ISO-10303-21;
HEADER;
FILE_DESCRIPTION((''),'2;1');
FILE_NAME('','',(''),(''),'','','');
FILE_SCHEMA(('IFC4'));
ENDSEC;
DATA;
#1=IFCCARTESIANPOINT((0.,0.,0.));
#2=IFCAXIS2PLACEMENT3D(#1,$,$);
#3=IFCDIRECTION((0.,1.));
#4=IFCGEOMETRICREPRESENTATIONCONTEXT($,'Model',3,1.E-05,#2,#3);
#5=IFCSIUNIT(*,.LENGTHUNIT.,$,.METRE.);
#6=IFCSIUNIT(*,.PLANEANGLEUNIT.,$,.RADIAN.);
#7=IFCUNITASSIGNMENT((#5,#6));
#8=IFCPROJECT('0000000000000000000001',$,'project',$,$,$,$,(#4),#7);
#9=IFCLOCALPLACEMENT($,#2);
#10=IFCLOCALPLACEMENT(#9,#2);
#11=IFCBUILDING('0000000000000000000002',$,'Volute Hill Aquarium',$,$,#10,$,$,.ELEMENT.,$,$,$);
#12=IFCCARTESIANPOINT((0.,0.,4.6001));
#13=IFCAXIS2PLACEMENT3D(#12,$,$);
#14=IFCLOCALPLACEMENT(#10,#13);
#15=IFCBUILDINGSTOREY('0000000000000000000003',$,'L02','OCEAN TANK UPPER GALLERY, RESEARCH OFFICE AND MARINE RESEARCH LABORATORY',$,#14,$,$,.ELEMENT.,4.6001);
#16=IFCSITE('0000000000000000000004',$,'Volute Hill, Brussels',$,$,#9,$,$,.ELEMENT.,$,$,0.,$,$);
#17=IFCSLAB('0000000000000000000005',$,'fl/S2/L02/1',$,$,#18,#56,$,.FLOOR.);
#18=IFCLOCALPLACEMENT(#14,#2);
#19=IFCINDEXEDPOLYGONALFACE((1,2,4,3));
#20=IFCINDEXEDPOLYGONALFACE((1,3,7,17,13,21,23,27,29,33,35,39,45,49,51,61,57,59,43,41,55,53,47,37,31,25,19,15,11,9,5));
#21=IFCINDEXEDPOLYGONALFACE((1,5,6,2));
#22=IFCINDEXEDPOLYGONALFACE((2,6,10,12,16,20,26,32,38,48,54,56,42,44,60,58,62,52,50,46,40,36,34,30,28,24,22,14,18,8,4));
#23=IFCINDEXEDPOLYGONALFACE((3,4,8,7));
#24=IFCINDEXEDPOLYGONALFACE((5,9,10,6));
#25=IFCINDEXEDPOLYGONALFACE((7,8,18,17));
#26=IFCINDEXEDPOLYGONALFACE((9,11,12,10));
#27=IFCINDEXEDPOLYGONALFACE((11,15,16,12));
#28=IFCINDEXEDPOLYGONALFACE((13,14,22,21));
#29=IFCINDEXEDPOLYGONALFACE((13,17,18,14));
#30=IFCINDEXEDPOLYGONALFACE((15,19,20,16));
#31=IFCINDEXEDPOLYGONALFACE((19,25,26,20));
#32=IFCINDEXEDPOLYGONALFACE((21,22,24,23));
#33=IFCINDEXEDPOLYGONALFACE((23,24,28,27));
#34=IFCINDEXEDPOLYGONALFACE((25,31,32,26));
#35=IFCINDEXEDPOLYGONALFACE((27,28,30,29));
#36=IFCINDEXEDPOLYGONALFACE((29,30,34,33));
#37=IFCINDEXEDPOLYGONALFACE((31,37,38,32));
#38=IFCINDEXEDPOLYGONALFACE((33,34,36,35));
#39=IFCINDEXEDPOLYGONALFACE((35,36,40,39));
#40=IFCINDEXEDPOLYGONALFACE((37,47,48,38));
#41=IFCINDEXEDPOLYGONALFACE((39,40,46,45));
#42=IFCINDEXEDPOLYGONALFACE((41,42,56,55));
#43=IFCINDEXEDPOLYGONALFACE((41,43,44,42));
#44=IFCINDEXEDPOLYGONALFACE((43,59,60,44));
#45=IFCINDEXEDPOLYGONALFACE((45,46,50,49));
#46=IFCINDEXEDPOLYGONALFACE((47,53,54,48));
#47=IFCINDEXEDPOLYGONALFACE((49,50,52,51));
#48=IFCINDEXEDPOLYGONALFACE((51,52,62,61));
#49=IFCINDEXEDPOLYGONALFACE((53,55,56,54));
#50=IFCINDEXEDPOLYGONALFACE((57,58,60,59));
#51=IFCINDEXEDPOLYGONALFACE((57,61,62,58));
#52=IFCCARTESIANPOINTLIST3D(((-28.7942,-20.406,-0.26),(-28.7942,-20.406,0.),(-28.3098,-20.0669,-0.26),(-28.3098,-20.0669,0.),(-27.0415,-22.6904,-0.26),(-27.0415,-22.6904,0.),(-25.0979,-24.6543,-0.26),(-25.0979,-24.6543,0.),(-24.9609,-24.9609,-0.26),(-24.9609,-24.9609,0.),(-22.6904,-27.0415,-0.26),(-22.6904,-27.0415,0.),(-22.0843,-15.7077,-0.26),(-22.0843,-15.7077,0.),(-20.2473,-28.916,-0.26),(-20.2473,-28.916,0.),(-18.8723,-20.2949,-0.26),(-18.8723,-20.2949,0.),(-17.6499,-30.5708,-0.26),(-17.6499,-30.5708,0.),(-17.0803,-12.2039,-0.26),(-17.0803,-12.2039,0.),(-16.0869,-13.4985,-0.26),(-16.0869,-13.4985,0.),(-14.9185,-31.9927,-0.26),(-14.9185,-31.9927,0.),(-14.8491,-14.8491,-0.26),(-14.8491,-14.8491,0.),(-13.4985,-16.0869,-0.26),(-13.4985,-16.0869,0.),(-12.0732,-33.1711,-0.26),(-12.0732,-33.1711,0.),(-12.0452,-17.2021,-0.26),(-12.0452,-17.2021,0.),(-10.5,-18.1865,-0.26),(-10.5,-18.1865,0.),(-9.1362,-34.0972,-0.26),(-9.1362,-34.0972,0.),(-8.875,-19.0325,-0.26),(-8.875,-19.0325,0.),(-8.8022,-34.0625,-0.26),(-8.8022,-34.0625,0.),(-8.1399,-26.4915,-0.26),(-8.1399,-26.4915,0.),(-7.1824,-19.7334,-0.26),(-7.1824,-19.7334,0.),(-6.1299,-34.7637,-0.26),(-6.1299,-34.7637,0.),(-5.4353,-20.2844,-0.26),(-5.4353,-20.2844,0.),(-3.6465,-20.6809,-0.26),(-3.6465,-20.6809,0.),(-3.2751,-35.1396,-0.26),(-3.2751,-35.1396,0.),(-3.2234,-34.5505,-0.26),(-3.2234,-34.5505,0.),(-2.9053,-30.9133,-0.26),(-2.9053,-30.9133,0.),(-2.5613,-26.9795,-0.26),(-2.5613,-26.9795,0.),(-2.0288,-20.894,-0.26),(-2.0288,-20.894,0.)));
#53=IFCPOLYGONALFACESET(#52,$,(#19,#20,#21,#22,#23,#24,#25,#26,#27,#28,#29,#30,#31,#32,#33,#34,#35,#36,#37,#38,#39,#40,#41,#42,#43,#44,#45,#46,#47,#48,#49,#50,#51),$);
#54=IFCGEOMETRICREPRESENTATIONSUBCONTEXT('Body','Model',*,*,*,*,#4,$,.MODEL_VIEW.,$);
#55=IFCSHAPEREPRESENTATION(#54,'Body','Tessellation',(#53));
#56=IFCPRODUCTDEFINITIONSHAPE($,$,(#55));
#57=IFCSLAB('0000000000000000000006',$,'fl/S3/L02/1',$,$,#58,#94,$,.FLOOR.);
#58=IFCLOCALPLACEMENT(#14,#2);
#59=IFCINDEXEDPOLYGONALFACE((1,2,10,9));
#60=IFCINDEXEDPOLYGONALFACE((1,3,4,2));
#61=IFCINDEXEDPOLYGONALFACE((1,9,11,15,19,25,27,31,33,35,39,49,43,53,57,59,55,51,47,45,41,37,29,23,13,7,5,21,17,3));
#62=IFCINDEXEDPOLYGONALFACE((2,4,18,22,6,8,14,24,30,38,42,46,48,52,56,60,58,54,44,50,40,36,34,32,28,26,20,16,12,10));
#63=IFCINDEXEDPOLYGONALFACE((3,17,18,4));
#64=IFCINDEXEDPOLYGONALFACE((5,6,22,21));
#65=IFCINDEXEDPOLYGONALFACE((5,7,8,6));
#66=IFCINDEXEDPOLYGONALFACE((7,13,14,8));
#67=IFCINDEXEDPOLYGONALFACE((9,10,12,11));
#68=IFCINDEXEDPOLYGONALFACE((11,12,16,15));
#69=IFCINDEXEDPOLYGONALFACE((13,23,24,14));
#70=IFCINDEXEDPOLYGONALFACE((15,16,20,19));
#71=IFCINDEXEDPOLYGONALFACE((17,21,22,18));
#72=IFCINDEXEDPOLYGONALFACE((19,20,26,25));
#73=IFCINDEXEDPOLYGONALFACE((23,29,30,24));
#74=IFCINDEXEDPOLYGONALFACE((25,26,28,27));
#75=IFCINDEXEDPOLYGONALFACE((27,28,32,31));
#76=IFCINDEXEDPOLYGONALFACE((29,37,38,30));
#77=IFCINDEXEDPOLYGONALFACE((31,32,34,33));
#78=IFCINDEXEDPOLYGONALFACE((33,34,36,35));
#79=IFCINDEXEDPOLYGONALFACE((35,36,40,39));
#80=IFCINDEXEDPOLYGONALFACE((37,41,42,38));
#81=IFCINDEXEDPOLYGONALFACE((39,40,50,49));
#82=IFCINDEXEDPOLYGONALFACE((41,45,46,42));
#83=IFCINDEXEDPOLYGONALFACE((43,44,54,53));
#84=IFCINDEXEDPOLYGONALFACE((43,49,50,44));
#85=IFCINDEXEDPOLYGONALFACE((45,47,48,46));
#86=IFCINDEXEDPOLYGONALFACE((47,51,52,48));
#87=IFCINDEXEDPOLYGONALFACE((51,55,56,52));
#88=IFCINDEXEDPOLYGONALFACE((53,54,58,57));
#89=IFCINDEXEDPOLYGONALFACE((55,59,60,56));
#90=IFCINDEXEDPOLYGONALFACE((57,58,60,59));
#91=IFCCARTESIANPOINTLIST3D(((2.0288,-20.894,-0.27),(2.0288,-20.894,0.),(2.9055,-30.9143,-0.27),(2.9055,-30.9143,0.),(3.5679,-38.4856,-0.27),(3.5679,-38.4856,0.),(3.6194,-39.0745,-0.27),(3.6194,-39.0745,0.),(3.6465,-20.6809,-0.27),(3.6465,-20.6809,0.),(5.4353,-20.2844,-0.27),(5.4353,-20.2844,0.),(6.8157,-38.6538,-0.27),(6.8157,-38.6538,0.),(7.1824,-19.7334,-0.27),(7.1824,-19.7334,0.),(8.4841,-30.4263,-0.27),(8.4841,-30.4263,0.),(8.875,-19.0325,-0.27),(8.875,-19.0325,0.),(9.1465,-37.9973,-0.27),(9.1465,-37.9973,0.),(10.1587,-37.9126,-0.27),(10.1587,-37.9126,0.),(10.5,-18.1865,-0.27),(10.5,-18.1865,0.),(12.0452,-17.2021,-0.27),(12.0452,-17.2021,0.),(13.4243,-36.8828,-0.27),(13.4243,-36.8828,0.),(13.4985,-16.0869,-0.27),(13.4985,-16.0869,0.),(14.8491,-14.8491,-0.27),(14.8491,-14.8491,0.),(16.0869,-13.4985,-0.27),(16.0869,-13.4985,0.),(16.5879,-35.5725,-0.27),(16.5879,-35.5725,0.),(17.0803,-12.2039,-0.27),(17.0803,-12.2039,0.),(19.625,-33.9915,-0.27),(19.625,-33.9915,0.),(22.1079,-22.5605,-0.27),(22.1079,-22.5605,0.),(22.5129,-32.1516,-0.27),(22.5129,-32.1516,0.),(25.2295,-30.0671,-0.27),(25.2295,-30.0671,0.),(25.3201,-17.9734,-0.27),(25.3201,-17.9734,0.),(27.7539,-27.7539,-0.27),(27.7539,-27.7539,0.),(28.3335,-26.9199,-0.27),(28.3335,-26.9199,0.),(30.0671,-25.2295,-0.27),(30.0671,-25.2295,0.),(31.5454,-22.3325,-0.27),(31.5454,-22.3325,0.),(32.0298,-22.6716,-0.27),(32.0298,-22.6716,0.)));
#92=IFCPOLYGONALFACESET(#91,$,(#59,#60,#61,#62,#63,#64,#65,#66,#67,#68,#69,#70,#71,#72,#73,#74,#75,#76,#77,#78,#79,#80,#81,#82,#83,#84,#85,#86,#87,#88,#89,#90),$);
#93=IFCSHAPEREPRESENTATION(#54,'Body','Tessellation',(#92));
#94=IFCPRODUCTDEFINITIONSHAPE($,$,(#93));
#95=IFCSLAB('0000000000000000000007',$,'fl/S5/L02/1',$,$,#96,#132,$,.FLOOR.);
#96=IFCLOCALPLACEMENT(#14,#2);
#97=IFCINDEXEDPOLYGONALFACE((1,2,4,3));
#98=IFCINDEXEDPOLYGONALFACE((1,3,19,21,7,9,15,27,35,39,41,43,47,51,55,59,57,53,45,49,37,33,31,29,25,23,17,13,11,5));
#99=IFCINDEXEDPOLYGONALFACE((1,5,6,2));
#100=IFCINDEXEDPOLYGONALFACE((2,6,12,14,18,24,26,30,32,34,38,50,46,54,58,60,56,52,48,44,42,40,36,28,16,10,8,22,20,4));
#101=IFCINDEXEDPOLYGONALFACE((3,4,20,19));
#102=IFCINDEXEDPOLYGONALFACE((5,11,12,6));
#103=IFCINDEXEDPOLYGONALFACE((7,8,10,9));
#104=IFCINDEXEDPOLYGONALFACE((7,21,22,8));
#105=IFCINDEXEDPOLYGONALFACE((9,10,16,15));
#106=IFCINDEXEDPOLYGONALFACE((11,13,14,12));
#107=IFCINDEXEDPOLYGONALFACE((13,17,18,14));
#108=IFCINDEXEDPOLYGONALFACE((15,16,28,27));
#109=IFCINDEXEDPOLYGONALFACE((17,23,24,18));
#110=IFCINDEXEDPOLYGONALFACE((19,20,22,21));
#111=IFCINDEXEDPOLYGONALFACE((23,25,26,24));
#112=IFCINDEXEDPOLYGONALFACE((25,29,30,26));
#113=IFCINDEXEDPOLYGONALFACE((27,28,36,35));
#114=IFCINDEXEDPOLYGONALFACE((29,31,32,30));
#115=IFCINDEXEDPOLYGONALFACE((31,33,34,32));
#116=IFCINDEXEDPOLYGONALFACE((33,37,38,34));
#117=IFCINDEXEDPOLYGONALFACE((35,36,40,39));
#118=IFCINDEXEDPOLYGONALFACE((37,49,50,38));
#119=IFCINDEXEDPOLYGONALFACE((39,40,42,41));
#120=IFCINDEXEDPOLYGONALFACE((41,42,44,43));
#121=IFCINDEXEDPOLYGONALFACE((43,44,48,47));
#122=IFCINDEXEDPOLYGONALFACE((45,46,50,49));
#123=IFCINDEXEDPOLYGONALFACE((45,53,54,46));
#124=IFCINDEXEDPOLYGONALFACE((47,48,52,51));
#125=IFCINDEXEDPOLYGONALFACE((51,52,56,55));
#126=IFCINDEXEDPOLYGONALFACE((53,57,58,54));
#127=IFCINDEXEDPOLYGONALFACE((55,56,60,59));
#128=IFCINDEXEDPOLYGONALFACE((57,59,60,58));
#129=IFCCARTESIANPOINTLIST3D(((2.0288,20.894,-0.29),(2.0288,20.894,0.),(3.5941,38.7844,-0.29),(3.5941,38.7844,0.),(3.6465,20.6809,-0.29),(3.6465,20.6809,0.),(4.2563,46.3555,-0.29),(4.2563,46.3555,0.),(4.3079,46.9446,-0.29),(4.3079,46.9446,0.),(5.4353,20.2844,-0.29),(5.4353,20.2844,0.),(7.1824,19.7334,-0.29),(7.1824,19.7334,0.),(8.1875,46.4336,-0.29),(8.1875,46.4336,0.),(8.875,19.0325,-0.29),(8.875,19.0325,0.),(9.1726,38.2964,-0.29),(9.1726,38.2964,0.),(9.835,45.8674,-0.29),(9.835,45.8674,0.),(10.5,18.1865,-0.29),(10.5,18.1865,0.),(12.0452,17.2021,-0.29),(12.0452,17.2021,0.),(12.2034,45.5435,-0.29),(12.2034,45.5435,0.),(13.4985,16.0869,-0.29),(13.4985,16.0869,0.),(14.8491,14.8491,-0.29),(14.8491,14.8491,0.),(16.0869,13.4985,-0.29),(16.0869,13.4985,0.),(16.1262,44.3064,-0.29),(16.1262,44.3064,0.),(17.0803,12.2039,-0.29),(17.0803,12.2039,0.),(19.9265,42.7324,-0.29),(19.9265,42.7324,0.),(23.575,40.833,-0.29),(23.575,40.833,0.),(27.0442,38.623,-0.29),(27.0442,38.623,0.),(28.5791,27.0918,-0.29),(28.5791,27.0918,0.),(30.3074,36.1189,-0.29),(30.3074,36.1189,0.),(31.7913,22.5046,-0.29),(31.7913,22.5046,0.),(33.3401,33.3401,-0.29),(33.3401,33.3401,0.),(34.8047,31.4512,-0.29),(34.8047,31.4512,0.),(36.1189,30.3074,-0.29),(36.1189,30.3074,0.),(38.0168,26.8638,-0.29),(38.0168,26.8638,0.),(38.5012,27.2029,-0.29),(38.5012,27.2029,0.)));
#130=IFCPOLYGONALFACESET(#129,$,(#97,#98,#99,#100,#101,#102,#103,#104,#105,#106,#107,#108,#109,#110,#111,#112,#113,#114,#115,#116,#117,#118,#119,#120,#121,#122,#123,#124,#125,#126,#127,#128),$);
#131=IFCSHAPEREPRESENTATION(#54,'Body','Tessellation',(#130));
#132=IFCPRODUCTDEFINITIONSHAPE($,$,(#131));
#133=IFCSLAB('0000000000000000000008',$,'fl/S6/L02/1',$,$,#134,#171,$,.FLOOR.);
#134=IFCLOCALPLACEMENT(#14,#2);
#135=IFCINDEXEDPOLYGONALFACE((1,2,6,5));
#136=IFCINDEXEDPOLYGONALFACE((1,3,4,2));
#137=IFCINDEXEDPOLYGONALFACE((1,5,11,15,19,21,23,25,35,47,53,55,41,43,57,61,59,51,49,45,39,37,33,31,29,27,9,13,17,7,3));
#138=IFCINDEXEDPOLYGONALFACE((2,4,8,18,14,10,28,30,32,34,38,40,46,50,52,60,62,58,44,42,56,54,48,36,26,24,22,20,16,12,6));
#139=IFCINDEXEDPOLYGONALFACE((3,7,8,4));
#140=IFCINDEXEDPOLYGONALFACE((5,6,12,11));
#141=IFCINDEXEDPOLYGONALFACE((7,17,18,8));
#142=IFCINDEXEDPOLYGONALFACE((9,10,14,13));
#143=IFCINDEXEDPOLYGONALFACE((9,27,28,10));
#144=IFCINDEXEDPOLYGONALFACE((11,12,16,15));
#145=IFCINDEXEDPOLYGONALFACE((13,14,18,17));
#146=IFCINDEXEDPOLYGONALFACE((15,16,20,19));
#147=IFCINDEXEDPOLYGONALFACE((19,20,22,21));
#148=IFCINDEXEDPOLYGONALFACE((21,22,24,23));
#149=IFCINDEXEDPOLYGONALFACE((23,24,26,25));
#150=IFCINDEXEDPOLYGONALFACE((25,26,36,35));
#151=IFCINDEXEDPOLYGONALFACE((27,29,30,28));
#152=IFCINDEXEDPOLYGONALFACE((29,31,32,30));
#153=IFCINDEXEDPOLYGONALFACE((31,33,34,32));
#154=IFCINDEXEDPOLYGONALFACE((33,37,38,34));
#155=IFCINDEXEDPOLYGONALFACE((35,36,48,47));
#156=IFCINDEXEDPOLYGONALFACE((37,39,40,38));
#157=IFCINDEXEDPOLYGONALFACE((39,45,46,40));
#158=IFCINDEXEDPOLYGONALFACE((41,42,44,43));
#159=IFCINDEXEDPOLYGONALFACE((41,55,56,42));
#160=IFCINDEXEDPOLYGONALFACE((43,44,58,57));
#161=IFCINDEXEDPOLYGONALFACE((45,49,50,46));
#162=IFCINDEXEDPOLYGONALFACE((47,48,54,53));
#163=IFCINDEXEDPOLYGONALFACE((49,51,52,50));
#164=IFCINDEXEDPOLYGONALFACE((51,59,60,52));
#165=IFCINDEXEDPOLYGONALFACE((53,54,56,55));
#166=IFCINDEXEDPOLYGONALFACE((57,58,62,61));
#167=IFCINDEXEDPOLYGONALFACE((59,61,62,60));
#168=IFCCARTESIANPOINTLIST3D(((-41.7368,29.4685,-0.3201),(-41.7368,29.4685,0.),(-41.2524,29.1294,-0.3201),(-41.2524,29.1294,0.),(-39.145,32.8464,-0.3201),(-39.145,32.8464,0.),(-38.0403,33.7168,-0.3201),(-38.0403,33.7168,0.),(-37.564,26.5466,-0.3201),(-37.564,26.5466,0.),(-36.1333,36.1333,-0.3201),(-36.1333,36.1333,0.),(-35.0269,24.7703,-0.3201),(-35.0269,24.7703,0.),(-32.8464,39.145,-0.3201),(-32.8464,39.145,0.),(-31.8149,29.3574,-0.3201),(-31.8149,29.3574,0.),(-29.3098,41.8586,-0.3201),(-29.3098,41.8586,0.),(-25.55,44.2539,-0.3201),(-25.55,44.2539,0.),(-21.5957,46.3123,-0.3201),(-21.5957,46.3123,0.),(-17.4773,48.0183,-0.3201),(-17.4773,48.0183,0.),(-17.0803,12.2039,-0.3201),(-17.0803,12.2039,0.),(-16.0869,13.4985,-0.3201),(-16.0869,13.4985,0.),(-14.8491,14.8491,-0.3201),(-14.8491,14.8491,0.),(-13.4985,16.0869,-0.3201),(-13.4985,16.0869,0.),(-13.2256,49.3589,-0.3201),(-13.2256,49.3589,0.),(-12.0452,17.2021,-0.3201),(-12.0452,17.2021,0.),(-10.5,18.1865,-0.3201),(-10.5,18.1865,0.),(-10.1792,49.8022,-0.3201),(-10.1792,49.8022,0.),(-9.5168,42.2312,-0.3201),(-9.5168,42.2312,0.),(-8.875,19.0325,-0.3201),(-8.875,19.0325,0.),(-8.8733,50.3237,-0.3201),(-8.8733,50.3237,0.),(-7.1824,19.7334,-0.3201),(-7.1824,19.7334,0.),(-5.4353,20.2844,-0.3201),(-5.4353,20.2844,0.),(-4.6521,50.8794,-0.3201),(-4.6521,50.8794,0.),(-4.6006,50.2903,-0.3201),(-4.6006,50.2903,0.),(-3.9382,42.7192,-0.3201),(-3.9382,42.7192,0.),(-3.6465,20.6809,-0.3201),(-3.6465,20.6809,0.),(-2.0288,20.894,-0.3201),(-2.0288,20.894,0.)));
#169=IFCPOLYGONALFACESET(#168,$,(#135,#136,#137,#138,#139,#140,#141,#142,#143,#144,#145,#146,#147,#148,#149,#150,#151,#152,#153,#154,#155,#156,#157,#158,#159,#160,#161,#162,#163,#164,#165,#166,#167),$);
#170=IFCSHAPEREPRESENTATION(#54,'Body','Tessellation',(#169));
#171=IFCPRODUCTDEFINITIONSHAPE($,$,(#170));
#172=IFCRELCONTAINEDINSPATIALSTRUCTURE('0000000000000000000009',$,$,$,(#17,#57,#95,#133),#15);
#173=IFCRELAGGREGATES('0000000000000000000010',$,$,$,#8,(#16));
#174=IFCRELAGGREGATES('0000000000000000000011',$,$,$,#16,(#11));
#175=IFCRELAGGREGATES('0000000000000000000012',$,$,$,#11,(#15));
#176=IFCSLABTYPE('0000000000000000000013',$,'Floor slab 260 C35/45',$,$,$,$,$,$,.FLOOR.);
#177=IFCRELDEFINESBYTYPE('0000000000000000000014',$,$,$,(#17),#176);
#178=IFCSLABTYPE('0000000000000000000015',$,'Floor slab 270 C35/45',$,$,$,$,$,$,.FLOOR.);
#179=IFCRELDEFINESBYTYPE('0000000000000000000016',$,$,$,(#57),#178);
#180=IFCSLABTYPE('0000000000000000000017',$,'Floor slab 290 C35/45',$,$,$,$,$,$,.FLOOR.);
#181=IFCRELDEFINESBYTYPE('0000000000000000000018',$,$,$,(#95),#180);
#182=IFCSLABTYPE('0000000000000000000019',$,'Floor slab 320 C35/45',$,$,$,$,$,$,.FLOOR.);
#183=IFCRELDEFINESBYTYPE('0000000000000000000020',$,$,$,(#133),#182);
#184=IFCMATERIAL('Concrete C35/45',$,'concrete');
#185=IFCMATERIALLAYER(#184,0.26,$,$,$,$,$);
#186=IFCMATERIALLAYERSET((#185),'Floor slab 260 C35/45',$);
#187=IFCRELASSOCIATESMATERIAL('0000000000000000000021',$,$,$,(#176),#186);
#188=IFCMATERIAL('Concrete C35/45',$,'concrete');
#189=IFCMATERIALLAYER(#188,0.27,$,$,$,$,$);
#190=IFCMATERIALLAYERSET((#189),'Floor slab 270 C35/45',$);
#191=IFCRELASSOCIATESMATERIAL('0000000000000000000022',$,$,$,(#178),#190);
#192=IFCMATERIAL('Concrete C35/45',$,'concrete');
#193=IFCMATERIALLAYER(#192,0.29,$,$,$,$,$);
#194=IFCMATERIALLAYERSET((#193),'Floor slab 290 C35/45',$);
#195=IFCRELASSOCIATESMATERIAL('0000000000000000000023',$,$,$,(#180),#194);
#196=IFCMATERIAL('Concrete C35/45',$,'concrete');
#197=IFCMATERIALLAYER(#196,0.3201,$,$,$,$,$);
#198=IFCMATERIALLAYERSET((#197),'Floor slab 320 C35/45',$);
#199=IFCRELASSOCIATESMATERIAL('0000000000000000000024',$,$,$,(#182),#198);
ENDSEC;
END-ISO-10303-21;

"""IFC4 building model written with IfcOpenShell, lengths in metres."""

from ifc_helpers import new_model, si_unit, direction, frame, origin, place, context, subcontext, project, spatial, polyline, outline, extrude, material, layer, layer_set, type_object, element, save


model = new_model("IFC4")

# Units and contexts
model_context = context("Model", 3, precision=1e-05, world=origin(), true_north=direction((0.0, 1.0)))
body_context = subcontext(model_context, "Body", "Model", "MODEL_VIEW")
ifc_project = project(units=[si_unit("LENGTHUNIT", "METRE"), si_unit("PLANEANGLEUNIT", "RADIAN")], contexts=[model_context])

# Site, building, storey
site_placement = place(None, origin())
site = spatial("IfcSite", under=ifc_project, at=site_placement, Name="Volute Hill, Brussels", CompositionType="ELEMENT", RefElevation=0.0)
building_placement = place(site_placement, origin())
building = spatial("IfcBuilding", under=site, at=building_placement, Name="Volute Hill Aquarium", CompositionType="ELEMENT")
storey_placement = place(building_placement, frame((0.0, 0.0, 4.6001)))
storey = spatial("IfcBuildingStorey", under=building, at=storey_placement, Name="L02", Description="OCEAN TANK UPPER GALLERY, RESEARCH OFFICE AND MARINE RESEARCH LABORATORY", CompositionType="ELEMENT", Elevation=4.6001)

# Slabs
ifc_material_1 = material(Name="Concrete C35/45", Category="concrete")
ifc_layer_1 = layer(ifc_material_1, 0.26)
ifc_layer_set_1 = layer_set([ifc_layer_1], Name="Floor slab 260 C35/45")
slab_type_1 = type_object("IfcSlabType", Name="Floor slab 260 C35/45", PredefinedType="FLOOR", material=ifc_layer_set_1)
slab_1_placement = place(storey_placement, frame((0.0, 0.0, -0.26)))
element("IfcSlab", 1, at=slab_1_placement, inside=storey, type_object=slab_type_1, Name="fl/S2/L02/1", PredefinedType="FLOOR", context=body_context, shape_type="SweptSolid", body=[
    extrude(outline(polyline([(-6.1299, -34.7637), (-9.1362, -34.0972), (-12.0732, -33.1711), (-14.9185, -31.9927), (-17.6499, -30.5708), (-20.2473, -28.916), (-22.6904, -27.0415), (-24.9609, -24.9609), (-27.0415, -22.6904), (-28.7942, -20.406), (-28.3098, -20.0669), (-25.0979, -24.6543), (-18.8723, -20.2949), (-22.0842, -15.7078), (-24.9595, -17.7209), (-17.0803, -12.2039), (-16.0869, -13.4985), (-14.8491, -14.8491), (-13.4985, -16.0869), (-12.0452, -17.2021), (-10.5, -18.1865), (-8.875, -19.0325), (-7.1824, -19.7334), (-5.4353, -20.2844), (-3.6465, -20.6809), (-2.0288, -20.894), (-2.9053, -30.9133), (-2.5613, -26.9795), (-8.1399, -26.4915), (-8.8022, -34.0625), (-3.2234, -34.5505), (-3.2751, -35.1396), (-6.1299, -34.7637)])), origin(), (0.0, 0.0, 1.0), 0.26),
])
ifc_material_2 = material(Name="Concrete C35/45", Category="concrete")
ifc_layer_2 = layer(ifc_material_2, 0.27)
ifc_layer_set_2 = layer_set([ifc_layer_2], Name="Floor slab 270 C35/45")
slab_type_2 = type_object("IfcSlabType", Name="Floor slab 270 C35/45", PredefinedType="FLOOR", material=ifc_layer_set_2)
slab_2_placement = place(storey_placement, frame((0.0, 0.0, -0.27)))
element("IfcSlab", 2, at=slab_2_placement, inside=storey, type_object=slab_type_2, Name="fl/S3/L02/1", PredefinedType="FLOOR", context=body_context, shape_type="SweptSolid", body=[
    extrude(outline(polyline([(30.0671, -25.2295), (27.7539, -27.7539), (25.2295, -30.0671), (22.5129, -32.1516), (19.625, -33.9915), (16.5879, -35.5725), (13.4243, -36.8828), (10.1587, -37.9126), (6.8157, -38.6538), (3.6194, -39.0745), (3.5679, -38.4856), (9.1465, -37.9973), (8.4841, -30.4263), (2.9055, -30.9143), (2.0288, -20.894), (3.6465, -20.6809), (5.4353, -20.2844), (7.1824, -19.7334), (8.875, -19.0325), (10.5, -18.1865), (12.0452, -17.2021), (13.4985, -16.0869), (14.8491, -14.8491), (16.0869, -13.4985), (17.0803, -12.2039), (25.3201, -17.9734), (22.1079, -22.5605), (28.3335, -26.9199), (31.5454, -22.3325), (26.3708, -18.7092), (32.0298, -22.6716), (30.0671, -25.2295)])), origin(), (0.0, 0.0, 1.0), 0.27),
])
ifc_material_3 = material(Name="Concrete C35/45", Category="concrete")
ifc_layer_3 = layer(ifc_material_3, 0.29)
ifc_layer_set_3 = layer_set([ifc_layer_3], Name="Floor slab 290 C35/45")
slab_type_3 = type_object("IfcSlabType", Name="Floor slab 290 C35/45", PredefinedType="FLOOR", material=ifc_layer_set_3)
slab_3_placement = place(storey_placement, frame((0.0, 0.0, -0.29)))
element("IfcSlab", 3, at=slab_3_placement, inside=storey, type_object=slab_type_3, Name="fl/S5/L02/1", PredefinedType="FLOOR", context=body_context, shape_type="SweptSolid", body=[
    extrude(outline(polyline([(8.1875, 46.4336), (12.2034, 45.5435), (16.1262, 44.3064), (19.9265, 42.7324), (23.575, 40.833), (27.0442, 38.623), (30.3074, 36.1189), (33.3401, 33.3401), (36.1189, 30.3074), (38.5012, 27.2029), (38.0168, 26.8638), (34.8047, 31.4512), (28.5791, 27.0918), (31.7913, 22.5046), (17.0803, 12.2039), (16.0869, 13.4985), (14.8491, 14.8491), (13.4985, 16.0869), (12.0452, 17.2021), (10.5, 18.1865), (8.875, 19.0325), (7.1824, 19.7334), (5.4353, 20.2844), (3.6465, 20.6809), (2.0288, 20.894), (3.9458, 42.8044), (3.594, 38.7844), (9.1726, 38.2964), (9.835, 45.8674), (4.2563, 46.3555), (4.3079, 46.9446), (8.1875, 46.4336)])), origin(), (0.0, 0.0, 1.0), 0.29),
])
ifc_material_4 = material(Name="Concrete C35/45", Category="concrete")
ifc_layer_4 = layer(ifc_material_4, 0.3201)
ifc_layer_set_4 = layer_set([ifc_layer_4], Name="Floor slab 320 C35/45")
slab_type_4 = type_object("IfcSlabType", Name="Floor slab 320 C35/45", PredefinedType="FLOOR", material=ifc_layer_set_4)
slab_4_placement = place(storey_placement, frame((0.0, 0.0, -0.3201)))
element("IfcSlab", 4, at=slab_4_placement, inside=storey, type_object=slab_type_4, Name="fl/S6/L02/1", PredefinedType="FLOOR", context=body_context, shape_type="SweptSolid", body=[
    extrude(outline(polyline([(-39.145, 32.8464), (-36.1333, 36.1333), (-32.8464, 39.145), (-29.3098, 41.8586), (-25.55, 44.2539), (-21.5957, 46.3123), (-17.4773, 48.0183), (-13.2256, 49.3589), (-8.8733, 50.3237), (-4.6521, 50.8794), (-4.6006, 50.2903), (-10.1792, 49.8022), (-9.5168, 42.2312), (-3.9382, 42.7192), (-2.0288, 20.894), (-3.6465, 20.6809), (-5.4353, 20.2844), (-7.1824, 19.7334), (-8.875, 19.0325), (-10.5, 18.1865), (-12.0452, 17.2021), (-13.4985, 16.0869), (-14.8491, 14.8491), (-16.0869, 13.4985), (-17.0803, 12.2039), (-37.564, 26.5466), (-35.0269, 24.7703), (-31.8149, 29.3574), (-38.0403, 33.7168), (-41.2524, 29.1294), (-41.7368, 29.4685), (-39.145, 32.8464)])), origin(), (0.0, 0.0, 1.0), 0.3201),
])

save(model, "model.ifc")
